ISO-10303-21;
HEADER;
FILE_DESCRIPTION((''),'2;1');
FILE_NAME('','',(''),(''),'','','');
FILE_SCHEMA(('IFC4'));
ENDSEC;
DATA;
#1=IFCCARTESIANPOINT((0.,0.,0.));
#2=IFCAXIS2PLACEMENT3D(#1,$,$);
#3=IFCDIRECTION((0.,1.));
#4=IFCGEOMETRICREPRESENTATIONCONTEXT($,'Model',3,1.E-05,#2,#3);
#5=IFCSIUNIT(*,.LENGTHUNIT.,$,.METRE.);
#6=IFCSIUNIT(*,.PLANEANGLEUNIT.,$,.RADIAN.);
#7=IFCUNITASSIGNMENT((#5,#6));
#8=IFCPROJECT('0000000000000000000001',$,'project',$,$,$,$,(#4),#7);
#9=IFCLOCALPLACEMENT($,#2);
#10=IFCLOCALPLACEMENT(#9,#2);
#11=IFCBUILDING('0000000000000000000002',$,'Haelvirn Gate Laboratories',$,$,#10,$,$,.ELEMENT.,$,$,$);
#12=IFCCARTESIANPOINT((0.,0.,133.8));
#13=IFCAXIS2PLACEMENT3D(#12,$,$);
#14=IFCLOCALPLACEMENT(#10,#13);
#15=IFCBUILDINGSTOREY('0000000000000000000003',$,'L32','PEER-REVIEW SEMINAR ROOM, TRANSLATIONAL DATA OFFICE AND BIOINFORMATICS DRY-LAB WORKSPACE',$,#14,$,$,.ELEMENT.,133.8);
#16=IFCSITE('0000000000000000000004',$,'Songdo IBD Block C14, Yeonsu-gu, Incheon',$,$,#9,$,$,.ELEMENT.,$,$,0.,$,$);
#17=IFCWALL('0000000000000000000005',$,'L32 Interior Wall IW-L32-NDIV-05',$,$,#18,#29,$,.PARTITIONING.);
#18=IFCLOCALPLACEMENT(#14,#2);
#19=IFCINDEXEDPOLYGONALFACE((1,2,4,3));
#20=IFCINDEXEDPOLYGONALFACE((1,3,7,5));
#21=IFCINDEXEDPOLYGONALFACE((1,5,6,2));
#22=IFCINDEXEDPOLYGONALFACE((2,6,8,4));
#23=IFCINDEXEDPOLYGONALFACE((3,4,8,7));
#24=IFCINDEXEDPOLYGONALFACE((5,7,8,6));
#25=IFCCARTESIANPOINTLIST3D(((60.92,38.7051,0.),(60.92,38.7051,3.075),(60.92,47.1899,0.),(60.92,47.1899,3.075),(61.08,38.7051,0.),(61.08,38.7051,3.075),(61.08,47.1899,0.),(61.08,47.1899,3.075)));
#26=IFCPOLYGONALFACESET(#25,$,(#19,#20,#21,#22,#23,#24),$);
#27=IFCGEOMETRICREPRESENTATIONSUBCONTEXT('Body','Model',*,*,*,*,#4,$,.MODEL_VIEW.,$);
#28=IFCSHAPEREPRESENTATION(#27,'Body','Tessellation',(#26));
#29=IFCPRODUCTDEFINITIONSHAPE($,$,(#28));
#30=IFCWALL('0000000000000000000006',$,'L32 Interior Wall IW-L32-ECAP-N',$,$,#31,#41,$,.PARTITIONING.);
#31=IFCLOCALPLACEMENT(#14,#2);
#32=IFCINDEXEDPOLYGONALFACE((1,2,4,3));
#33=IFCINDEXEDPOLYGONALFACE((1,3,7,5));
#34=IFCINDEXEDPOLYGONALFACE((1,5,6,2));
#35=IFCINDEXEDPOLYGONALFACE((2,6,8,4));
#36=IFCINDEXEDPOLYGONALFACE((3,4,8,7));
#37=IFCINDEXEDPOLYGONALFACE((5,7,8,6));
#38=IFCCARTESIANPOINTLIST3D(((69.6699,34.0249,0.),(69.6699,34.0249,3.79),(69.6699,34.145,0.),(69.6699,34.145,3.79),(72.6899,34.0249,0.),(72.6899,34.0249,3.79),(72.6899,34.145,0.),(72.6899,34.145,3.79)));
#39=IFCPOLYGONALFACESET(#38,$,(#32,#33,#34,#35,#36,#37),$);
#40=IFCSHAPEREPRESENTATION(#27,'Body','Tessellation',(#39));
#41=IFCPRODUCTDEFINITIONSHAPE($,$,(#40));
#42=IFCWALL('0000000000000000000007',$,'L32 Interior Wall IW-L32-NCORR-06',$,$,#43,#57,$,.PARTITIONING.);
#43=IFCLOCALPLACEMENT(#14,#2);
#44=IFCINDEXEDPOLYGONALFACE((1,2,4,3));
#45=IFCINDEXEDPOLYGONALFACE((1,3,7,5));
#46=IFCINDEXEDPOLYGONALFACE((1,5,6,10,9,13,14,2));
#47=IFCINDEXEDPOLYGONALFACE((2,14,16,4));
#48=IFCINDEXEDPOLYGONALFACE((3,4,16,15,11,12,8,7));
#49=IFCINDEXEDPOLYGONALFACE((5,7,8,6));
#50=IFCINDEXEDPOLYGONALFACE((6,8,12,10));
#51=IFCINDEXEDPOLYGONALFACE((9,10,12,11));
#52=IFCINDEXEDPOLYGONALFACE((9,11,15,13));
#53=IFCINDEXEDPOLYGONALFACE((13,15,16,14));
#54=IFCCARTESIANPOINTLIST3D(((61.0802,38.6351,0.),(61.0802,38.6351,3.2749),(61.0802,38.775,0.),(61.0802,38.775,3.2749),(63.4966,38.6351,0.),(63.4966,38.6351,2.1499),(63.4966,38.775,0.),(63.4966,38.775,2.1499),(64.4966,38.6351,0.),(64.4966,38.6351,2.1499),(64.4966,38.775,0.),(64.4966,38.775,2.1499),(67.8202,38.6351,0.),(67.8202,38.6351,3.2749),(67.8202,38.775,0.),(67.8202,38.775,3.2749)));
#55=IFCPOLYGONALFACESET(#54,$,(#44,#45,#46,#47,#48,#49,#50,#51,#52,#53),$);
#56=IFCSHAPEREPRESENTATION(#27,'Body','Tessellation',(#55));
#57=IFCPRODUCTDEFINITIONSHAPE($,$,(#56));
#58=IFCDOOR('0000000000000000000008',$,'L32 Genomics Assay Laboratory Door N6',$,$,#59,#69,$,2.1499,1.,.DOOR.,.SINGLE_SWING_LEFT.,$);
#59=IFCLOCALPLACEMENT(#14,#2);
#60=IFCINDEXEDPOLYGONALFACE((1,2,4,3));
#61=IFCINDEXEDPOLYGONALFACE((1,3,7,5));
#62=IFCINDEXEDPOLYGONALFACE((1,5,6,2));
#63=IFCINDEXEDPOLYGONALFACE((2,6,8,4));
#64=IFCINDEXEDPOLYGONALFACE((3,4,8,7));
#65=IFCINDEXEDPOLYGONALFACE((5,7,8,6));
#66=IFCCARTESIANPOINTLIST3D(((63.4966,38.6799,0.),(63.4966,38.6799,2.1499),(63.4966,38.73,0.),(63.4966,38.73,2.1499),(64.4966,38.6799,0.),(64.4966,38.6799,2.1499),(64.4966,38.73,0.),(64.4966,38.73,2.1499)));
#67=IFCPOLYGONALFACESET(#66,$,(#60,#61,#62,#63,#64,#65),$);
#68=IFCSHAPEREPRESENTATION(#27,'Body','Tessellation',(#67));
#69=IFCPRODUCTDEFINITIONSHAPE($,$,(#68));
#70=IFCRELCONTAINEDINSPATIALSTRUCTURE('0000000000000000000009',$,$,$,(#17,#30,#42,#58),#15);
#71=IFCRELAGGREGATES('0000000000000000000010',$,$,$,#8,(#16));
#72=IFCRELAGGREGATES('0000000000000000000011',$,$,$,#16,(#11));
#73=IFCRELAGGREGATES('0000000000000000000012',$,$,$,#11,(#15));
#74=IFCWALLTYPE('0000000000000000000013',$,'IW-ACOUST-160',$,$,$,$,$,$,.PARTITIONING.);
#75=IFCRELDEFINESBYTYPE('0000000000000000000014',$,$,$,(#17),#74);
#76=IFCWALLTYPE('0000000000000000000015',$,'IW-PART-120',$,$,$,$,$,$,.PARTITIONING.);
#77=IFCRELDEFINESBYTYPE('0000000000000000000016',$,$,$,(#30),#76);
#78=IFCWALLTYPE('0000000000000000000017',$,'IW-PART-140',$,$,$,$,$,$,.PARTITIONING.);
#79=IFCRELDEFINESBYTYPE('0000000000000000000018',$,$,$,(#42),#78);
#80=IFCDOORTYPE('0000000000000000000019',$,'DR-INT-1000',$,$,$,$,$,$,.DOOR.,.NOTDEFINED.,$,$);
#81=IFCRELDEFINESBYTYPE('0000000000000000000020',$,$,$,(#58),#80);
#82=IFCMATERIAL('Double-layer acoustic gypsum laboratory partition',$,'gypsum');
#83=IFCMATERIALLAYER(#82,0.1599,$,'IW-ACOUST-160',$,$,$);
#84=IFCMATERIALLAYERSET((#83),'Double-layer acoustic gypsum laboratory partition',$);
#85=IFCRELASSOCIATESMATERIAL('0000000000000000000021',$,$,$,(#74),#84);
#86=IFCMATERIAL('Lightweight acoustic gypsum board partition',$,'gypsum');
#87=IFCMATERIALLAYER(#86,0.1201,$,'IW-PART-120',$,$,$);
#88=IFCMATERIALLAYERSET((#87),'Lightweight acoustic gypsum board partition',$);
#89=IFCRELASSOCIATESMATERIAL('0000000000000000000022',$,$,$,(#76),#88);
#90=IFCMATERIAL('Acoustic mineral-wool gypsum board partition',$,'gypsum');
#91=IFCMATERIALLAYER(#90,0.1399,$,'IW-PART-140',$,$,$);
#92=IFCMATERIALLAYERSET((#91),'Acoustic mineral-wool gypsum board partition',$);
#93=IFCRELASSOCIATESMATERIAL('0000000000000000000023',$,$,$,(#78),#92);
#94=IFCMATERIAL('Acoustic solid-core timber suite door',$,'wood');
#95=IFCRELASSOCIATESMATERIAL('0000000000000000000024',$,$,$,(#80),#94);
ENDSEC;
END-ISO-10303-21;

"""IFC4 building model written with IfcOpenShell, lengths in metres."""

from ifc_helpers import new_model, si_unit, direction, frame, frame_2d, origin, place, context, subcontext, project, spatial, rectangle, extrude, source, transform, mapped, material, layer, layer_set, type_object, type_shapes, element, fill, save


model = new_model("IFC4")

# Units and contexts
model_context = context("Model", 3, precision=1e-05, world=origin(), true_north=direction((0.0, 1.0)))
body_context = subcontext(model_context, "Body", "Model", "MODEL_VIEW")
ifc_project = project(units=[si_unit("LENGTHUNIT", "METRE"), si_unit("PLANEANGLEUNIT", "RADIAN")], contexts=[model_context])

# Site, building, storey
site_placement = place(None, origin())
site = spatial("IfcSite", under=ifc_project, at=site_placement, Name="Songdo IBD Block C14, Yeonsu-gu, Incheon", CompositionType="ELEMENT", RefElevation=0.0)
building_placement = place(site_placement, origin())
building = spatial("IfcBuilding", under=site, at=building_placement, Name="Haelvirn Gate Laboratories", CompositionType="ELEMENT")
storey_placement = place(building_placement, frame((0.0, 0.0, 133.8)))
storey = spatial("IfcBuildingStorey", under=building, at=storey_placement, Name="L32", Description="PEER-REVIEW SEMINAR ROOM, TRANSLATIONAL DATA OFFICE AND BIOINFORMATICS DRY-LAB WORKSPACE", CompositionType="ELEMENT", Elevation=133.8)

# Walls
ifc_material_1 = material(Name="Double-layer acoustic gypsum laboratory partition", Category="gypsum")
ifc_layer_1 = layer(ifc_material_1, 0.1599, Name="IW-ACOUST-160")
ifc_layer_set_1 = layer_set([ifc_layer_1], Name="Double-layer acoustic gypsum laboratory partition")
wall_type_1 = type_object("IfcWallType", Name="IW-ACOUST-160", PredefinedType="PARTITIONING", material=ifc_layer_set_1)
wall_1_placement = place(storey_placement, frame((61.0, 38.7051, 0.0), z_axis=(0.0, 0.0, 1.0), x_axis=(0.0, 1.0, 0.0)))
element("IfcWall", 1, at=wall_1_placement, inside=storey, type_object=wall_type_1, Name="L32 Interior Wall IW-L32-NDIV-05", PredefinedType="PARTITIONING", context=body_context, shape_type="SweptSolid", body=[
    extrude(rectangle(XDim=8.4849, YDim=0.1599, at=frame_2d((4.2424, 0.0))), origin(), (0.0, 0.0, 1.0), 3.075),
])
ifc_material_2 = material(Name="Lightweight acoustic gypsum board partition", Category="gypsum")
ifc_layer_2 = layer(ifc_material_2, 0.1201, Name="IW-PART-120")
ifc_layer_set_2 = layer_set([ifc_layer_2], Name="Lightweight acoustic gypsum board partition")
wall_type_2 = type_object("IfcWallType", Name="IW-PART-120", PredefinedType="PARTITIONING", material=ifc_layer_set_2)
wall_2_placement = place(storey_placement, frame((69.6699, 34.085, 0.0), z_axis=(0.0, 0.0, 1.0), x_axis=(1.0, 0.0, 0.0)))
element("IfcWall", 2, at=wall_2_placement, inside=storey, type_object=wall_type_2, Name="L32 Interior Wall IW-L32-ECAP-N", PredefinedType="PARTITIONING", context=body_context, shape_type="SweptSolid", body=[
    extrude(rectangle(XDim=3.02, YDim=0.1201, at=frame_2d((1.51, 0.0))), origin(), (0.0, 0.0, 1.0), 3.79),
])

# Wall, opening, door
ifc_material_3 = material(Name="Acoustic mineral-wool gypsum board partition", Category="gypsum")
ifc_layer_3 = layer(ifc_material_3, 0.1399, Name="IW-PART-140")
ifc_layer_set_3 = layer_set([ifc_layer_3], Name="Acoustic mineral-wool gypsum board partition")
wall_type_3 = type_object("IfcWallType", Name="IW-PART-140", PredefinedType="PARTITIONING", material=ifc_layer_set_3)
wall_3_placement = place(storey_placement, frame((61.0801, 38.7051, 0.0), z_axis=(0.0, 0.0, 1.0), x_axis=(1.0, 0.0, 0.0)))
wall_3 = element("IfcWall", 3, at=wall_3_placement, inside=storey, type_object=wall_type_3, Name="L32 Interior Wall IW-L32-NCORR-06", PredefinedType="PARTITIONING", context=body_context, shape_type="SweptSolid", body=[
    extrude(rectangle(XDim=6.74, YDim=0.1399, at=frame_2d((3.3701, 0.0))), origin(), (0.0, 0.0, 1.0), 3.2749),
])
opening_placement = place(wall_3_placement, frame((2.4165, 0.0, 0.0)))
opening = element("IfcOpeningElement", 4, at=opening_placement, cuts=wall_3, PredefinedType="OPENING", context=body_context, shape_type="SweptSolid", body=[
    extrude(rectangle(XDim=1.0, YDim=2.1499, at=frame_2d((0.5, 1.075))), frame((0.0, 0.0801, 0.0), z_axis=(0.0, -1.0, 0.0), x_axis=(1.0, 0.0, 0.0)), (0.0, 0.0, 1.0), 0.1599),
])
ifc_material_4 = material(Name="Acoustic solid-core timber suite door", Category="wood")
door_type = type_object("IfcDoorType", Name="DR-INT-1000", OperationType="NOTDEFINED", PredefinedType="DOOR", material=ifc_material_4)
shared_shape_1 = source(origin(), body_context, "Body", "SweptSolid", [
    extrude(rectangle(XDim=1.0, YDim=2.1499, at=frame_2d((0.5, 1.075))), frame((0.0, 0.0249, 0.0), z_axis=(0.0, -1.0, 0.0), x_axis=(1.0, 0.0, 0.0)), (0.0, 0.0, 1.0), 0.05),
])
type_shapes(door_type, [shared_shape_1])
door_placement = place(opening_placement, origin())
door = element("IfcDoor", 5, at=door_placement, inside=storey, type_object=door_type, Name="L32 Genomics Assay Laboratory Door N6", OperationType="SINGLE_SWING_LEFT", OverallHeight=2.1499, OverallWidth=1.0, PredefinedType="DOOR", context=body_context, shape_type="MappedRepresentation", body=[
    mapped(shared_shape_1, transform((0.0, 0.0, 0.0), scale=1.0)),
])
fill(opening, door)

save(model, "model.ifc")
